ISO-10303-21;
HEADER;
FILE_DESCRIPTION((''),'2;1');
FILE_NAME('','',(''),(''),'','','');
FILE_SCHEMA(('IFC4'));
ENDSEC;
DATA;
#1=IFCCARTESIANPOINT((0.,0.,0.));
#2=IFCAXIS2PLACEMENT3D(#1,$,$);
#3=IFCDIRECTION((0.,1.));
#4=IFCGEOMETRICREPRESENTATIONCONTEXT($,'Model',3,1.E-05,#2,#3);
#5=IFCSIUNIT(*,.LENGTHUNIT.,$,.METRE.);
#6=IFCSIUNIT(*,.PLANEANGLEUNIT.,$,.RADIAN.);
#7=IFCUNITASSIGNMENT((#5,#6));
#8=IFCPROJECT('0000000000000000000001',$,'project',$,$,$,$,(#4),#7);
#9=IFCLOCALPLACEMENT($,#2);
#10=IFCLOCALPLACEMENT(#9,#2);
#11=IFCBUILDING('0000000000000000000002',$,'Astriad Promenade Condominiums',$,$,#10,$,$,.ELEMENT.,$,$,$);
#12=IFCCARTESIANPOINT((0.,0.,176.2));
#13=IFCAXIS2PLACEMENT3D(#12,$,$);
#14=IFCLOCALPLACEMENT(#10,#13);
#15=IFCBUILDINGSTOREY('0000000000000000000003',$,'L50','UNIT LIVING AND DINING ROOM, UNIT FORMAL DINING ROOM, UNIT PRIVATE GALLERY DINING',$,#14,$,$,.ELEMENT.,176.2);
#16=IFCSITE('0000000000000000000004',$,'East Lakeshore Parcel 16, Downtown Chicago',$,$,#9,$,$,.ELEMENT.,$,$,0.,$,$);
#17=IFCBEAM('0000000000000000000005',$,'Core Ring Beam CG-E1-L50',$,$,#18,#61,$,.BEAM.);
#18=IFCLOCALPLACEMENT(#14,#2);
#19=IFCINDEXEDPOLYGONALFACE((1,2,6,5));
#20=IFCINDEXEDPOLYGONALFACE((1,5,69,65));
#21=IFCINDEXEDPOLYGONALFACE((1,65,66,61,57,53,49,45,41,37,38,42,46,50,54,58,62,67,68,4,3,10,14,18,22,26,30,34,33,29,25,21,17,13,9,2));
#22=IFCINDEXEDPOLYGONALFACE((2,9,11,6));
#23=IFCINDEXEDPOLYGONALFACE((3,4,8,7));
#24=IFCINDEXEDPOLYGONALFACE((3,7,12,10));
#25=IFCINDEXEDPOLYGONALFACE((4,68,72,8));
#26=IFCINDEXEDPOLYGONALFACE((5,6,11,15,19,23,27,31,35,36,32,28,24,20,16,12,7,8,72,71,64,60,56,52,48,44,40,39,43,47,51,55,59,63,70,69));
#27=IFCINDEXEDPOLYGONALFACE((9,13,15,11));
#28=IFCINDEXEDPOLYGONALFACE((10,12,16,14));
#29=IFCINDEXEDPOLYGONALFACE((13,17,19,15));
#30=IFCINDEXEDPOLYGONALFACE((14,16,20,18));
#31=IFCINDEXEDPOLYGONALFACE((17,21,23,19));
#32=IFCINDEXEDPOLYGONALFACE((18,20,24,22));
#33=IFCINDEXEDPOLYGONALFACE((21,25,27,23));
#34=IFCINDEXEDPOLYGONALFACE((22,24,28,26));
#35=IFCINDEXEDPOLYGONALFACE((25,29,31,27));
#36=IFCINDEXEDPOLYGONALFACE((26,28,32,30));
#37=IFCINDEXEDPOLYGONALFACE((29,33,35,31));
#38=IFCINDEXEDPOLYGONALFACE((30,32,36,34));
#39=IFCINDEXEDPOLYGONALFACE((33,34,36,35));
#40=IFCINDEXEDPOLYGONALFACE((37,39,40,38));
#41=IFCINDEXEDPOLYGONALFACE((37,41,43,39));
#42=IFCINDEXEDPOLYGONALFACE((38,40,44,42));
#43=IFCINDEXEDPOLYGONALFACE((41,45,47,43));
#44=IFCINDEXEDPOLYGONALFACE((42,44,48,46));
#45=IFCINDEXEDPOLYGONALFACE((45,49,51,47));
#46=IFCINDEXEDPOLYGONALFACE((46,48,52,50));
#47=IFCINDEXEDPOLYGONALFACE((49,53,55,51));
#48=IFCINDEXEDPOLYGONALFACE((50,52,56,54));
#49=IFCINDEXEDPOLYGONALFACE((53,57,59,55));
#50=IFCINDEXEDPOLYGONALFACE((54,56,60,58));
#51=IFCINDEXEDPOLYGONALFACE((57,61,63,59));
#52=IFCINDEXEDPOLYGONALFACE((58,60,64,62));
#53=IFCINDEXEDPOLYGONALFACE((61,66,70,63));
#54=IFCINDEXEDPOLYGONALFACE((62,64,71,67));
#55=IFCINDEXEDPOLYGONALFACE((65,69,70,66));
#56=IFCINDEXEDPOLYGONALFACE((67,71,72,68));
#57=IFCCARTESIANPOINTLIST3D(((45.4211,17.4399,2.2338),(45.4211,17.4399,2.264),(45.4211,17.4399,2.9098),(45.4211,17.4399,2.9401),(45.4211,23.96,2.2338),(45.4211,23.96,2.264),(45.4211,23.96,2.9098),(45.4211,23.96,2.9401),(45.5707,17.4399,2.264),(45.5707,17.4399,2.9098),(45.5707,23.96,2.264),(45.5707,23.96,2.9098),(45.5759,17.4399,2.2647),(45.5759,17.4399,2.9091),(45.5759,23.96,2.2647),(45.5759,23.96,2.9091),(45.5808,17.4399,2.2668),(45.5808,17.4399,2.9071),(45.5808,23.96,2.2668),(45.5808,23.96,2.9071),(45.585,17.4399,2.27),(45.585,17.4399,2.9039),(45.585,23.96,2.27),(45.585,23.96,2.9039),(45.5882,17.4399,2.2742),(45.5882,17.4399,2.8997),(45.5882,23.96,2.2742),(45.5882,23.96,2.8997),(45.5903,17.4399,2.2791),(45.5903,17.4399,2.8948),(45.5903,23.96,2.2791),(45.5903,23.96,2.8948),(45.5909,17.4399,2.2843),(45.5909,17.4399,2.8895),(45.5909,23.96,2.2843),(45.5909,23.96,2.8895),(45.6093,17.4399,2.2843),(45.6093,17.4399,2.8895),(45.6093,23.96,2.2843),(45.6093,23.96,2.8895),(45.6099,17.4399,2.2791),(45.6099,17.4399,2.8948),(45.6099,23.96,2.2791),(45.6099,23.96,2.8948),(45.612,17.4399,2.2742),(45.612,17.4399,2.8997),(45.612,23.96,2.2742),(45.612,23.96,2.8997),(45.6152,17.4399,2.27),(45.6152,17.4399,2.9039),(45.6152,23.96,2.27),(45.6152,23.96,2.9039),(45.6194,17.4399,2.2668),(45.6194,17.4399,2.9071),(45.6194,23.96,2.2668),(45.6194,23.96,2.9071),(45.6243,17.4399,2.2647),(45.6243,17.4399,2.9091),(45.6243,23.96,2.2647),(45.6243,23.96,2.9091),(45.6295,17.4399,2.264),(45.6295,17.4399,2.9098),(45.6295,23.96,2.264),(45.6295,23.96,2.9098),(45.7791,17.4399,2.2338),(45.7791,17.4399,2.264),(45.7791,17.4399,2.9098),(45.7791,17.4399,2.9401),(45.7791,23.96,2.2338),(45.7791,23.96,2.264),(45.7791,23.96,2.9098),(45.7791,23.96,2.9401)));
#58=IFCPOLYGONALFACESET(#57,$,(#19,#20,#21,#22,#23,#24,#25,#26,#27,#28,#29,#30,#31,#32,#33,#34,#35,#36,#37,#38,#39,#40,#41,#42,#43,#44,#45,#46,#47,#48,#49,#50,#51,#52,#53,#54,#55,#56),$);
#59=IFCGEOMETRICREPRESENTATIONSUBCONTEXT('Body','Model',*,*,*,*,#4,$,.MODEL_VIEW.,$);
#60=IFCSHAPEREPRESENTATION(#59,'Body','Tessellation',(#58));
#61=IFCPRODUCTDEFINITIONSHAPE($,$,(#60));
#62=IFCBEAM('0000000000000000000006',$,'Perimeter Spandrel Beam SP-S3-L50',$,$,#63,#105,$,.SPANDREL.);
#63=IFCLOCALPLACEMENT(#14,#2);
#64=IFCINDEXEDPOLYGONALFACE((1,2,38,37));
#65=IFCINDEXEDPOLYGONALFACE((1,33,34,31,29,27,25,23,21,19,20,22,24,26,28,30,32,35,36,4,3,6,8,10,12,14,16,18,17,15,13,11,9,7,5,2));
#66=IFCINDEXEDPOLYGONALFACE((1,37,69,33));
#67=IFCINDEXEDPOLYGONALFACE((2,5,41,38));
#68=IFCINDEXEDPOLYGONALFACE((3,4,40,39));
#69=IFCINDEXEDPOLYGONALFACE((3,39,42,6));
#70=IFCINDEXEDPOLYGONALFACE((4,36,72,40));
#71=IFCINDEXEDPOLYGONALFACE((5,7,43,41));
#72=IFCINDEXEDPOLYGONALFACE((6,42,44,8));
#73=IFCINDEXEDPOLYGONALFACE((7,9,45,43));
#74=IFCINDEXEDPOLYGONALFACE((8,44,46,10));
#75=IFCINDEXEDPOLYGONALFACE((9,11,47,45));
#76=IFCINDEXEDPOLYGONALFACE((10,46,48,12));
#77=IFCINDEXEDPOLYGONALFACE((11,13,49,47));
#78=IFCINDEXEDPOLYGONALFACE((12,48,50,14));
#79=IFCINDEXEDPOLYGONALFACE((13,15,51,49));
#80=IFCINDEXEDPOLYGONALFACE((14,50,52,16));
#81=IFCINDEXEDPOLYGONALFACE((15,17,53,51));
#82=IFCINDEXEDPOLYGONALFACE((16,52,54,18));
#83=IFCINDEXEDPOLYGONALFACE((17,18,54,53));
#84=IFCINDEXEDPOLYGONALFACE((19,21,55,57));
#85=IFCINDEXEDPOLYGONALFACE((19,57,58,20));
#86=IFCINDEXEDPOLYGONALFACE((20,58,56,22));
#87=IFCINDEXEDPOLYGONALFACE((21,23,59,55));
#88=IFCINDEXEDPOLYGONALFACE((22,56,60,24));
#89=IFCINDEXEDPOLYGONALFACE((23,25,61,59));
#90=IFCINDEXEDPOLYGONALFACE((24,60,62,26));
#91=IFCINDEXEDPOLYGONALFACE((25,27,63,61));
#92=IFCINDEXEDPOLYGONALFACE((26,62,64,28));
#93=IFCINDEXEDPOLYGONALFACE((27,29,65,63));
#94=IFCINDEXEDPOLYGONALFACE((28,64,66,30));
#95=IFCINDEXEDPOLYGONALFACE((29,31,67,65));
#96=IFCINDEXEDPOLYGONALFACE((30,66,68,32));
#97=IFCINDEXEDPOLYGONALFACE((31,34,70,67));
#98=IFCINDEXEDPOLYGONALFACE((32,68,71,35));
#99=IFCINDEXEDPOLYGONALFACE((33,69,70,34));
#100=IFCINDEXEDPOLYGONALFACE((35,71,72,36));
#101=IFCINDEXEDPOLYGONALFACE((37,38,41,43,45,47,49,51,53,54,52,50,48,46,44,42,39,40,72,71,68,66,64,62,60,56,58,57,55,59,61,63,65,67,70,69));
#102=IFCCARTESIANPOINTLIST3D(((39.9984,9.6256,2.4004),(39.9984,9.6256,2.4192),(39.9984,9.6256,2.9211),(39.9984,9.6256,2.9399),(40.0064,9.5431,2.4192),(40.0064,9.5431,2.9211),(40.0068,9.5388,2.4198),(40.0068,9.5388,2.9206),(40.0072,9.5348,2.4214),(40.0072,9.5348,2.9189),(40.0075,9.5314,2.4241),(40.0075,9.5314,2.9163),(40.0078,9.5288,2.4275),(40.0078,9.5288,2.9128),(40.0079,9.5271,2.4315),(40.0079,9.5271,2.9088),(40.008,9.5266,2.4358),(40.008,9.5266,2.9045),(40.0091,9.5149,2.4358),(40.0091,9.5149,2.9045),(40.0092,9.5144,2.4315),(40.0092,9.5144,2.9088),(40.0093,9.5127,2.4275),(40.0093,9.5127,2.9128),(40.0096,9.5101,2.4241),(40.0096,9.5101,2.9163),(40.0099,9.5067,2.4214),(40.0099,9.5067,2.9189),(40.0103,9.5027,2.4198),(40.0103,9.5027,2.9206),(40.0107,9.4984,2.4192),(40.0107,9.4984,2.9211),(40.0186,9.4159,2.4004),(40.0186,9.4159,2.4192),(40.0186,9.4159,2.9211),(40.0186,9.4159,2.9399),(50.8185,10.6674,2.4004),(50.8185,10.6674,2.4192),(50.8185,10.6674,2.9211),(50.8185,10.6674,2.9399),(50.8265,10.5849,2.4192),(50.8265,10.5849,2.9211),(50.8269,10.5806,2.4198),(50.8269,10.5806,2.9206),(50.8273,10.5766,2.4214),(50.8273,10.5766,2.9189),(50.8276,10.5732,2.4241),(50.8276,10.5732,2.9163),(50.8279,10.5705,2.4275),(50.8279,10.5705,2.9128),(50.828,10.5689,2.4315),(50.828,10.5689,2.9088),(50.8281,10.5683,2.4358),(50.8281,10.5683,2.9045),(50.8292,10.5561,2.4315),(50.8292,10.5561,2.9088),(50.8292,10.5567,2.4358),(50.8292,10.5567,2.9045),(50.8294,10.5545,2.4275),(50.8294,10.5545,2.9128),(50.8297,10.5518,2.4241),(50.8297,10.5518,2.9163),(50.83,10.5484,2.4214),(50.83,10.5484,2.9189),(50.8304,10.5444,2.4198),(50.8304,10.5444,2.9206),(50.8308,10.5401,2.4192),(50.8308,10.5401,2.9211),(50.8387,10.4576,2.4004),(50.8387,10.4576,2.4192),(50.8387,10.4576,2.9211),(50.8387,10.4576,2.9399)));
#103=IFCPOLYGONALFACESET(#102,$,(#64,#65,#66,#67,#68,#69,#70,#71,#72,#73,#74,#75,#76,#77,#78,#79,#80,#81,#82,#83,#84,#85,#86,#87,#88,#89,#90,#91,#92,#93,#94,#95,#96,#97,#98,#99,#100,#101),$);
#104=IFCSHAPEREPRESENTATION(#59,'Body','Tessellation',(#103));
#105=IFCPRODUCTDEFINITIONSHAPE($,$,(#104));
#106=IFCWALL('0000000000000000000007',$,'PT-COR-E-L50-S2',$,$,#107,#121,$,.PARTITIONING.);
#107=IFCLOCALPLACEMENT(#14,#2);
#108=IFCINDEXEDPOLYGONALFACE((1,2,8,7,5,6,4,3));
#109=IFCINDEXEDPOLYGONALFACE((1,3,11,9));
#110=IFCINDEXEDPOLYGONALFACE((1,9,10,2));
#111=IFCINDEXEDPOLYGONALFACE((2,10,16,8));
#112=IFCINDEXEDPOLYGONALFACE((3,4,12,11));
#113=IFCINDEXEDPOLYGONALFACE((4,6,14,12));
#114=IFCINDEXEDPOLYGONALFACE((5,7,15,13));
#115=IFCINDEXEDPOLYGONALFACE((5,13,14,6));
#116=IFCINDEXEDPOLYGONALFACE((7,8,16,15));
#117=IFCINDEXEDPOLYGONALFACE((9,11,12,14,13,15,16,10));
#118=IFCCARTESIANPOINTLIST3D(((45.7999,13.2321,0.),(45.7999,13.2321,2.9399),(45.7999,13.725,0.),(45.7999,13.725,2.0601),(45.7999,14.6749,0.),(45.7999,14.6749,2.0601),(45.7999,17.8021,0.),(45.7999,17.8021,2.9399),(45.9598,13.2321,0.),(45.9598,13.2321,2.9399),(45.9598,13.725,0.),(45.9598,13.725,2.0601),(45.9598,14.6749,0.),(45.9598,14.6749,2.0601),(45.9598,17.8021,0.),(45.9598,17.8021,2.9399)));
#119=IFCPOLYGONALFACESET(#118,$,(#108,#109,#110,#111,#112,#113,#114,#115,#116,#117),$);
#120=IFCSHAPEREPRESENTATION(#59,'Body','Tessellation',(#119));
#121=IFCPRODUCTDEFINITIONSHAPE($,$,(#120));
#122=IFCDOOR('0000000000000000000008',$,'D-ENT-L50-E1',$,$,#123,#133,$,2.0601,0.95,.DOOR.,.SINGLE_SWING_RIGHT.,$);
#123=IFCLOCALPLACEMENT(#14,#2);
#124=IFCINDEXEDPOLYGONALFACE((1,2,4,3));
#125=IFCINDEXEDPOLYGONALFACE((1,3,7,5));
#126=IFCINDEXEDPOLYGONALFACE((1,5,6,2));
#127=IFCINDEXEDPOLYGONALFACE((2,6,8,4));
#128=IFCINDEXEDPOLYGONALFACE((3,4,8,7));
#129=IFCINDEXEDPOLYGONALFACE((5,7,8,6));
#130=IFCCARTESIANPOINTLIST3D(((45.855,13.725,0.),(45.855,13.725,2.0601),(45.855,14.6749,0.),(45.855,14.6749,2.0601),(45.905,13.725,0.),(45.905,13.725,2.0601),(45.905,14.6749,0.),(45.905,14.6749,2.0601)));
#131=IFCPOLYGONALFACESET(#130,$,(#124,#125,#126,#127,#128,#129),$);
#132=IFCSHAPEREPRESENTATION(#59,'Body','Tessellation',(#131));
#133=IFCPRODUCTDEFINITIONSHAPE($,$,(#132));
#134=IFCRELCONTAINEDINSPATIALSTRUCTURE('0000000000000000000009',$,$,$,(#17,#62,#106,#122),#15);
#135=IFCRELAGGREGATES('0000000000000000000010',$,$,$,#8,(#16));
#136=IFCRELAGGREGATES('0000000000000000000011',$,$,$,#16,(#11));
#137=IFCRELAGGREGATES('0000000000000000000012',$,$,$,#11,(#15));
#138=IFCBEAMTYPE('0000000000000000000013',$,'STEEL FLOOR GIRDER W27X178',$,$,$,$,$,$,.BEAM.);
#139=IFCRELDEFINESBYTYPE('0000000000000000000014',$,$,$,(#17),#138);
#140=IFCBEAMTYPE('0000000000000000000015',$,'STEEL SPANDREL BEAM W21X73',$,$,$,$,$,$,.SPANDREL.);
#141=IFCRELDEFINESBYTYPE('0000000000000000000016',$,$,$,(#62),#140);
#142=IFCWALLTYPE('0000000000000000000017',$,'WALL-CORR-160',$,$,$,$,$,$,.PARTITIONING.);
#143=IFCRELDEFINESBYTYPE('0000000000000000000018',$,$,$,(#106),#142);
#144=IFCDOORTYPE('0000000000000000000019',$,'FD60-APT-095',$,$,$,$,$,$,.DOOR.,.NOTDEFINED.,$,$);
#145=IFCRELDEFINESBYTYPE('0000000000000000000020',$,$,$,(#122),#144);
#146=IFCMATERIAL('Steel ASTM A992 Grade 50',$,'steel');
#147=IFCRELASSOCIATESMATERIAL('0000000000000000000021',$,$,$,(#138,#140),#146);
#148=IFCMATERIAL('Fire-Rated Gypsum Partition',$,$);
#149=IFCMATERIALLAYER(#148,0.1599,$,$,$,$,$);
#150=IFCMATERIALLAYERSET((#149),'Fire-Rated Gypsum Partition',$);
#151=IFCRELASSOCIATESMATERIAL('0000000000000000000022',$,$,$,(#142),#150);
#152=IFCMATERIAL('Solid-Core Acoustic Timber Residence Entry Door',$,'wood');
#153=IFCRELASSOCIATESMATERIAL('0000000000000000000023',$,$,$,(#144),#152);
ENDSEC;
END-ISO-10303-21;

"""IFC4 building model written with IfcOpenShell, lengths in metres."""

from ifc_helpers import new_model, si_unit, direction, frame, frame_2d, origin, origin_2d, place, context, subcontext, project, spatial, rectangle, i_section, extrude, source, transform, mapped, material, layer, layer_set, material_profile, profile_set, type_object, type_shapes, element, fill, save


model = new_model("IFC4")

# Units and contexts
model_context = context("Model", 3, precision=1e-05, world=origin(), true_north=direction((0.0, 1.0)))
body_context = subcontext(model_context, "Body", "Model", "MODEL_VIEW")
ifc_project = project(units=[si_unit("LENGTHUNIT", "METRE"), si_unit("PLANEANGLEUNIT", "RADIAN")], contexts=[model_context])

# Site, building, storey
site_placement = place(None, origin())
site = spatial("IfcSite", under=ifc_project, at=site_placement, Name="East Lakeshore Parcel 16, Downtown Chicago", CompositionType="ELEMENT", RefElevation=0.0)
building_placement = place(site_placement, origin())
building = spatial("IfcBuilding", under=site, at=building_placement, Name="Astriad Promenade Condominiums", CompositionType="ELEMENT")
storey_placement = place(building_placement, frame((0.0, 0.0, 176.2)))
storey = spatial("IfcBuildingStorey", under=building, at=storey_placement, Name="L50", Description="UNIT LIVING AND DINING ROOM, UNIT FORMAL DINING ROOM, UNIT PRIVATE GALLERY DINING", CompositionType="ELEMENT", Elevation=176.2)

# Shared definitions
ifc_material_1 = material(Name="Steel ASTM A992 Grade 50", Category="steel")

# Beams
ifc_material_profile_1 = material_profile(ifc_material_1, i_section(OverallWidth=0.3579, OverallDepth=0.7063, WebThickness=0.0183, FlangeThickness=0.0303, FilletRadius=0.0203, at=origin_2d()), Name="W27X178")
ifc_profile_set_1 = profile_set([ifc_material_profile_1], Name="Steel ASTM A992 Grade 50")
beam_type_1 = type_object("IfcBeamType", Name="STEEL FLOOR GIRDER W27X178", PredefinedType="BEAM", material=ifc_profile_set_1)
shared_shape_1 = source(origin(), body_context, "Body", "SweptSolid", [
    extrude(i_section(OverallWidth=0.3579, OverallDepth=0.7063, WebThickness=0.0183, FlangeThickness=0.0303, FilletRadius=0.0203, at=origin_2d()), origin(), (0.0, 0.0, 1.0), 6.52),
])
type_shapes(beam_type_1, [shared_shape_1])
beam_1_placement = place(storey_placement, frame((45.6001, 17.4399, 2.5869), z_axis=(0.0, 1.0, 0.0), x_axis=(-1.0, 0.0, 0.0)))
element("IfcBeam", 1, at=beam_1_placement, inside=storey, type_object=beam_type_1, Name="Core Ring Beam CG-E1-L50", PredefinedType="BEAM", context=body_context, shape_type="MappedRepresentation", body=[
    mapped(shared_shape_1, transform((0.0, 0.0, 0.0), scale=1.0)),
])
ifc_material_profile_2 = material_profile(ifc_material_1, i_section(OverallWidth=0.2107, OverallDepth=0.5396, WebThickness=0.0117, FlangeThickness=0.0188, FilletRadius=0.0166, at=origin_2d()), Name="W21X73")
ifc_profile_set_2 = profile_set([ifc_material_profile_2], Name="Steel ASTM A992 Grade 50")
beam_type_2 = type_object("IfcBeamType", Name="STEEL SPANDREL BEAM W21X73", PredefinedType="SPANDREL", material=ifc_profile_set_2)
shared_shape_2 = source(origin(), body_context, "Body", "SweptSolid", [
    extrude(i_section(OverallWidth=0.2107, OverallDepth=0.5396, WebThickness=0.0117, FlangeThickness=0.0188, FilletRadius=0.0166, at=origin_2d()), origin(), (0.0, 0.0, 1.0), 10.8701),
])
type_shapes(beam_type_2, [shared_shape_2])
beam_2_placement = place(storey_placement, frame((40.0085, 9.5208, 2.6702), z_axis=(0.995397, 0.095836, 0.0), x_axis=(-0.095836, 0.995397, 0.0)))
element("IfcBeam", 2, at=beam_2_placement, inside=storey, type_object=beam_type_2, Name="Perimeter Spandrel Beam SP-S3-L50", PredefinedType="SPANDREL", context=body_context, shape_type="MappedRepresentation", body=[
    mapped(shared_shape_2, transform((0.0, 0.0, 0.0), scale=1.0)),
])

# Wall, opening, door
ifc_material_2 = material(Name="Fire-Rated Gypsum Partition")
ifc_layer_1 = layer(ifc_material_2, 0.1599)
ifc_layer_set_1 = layer_set([ifc_layer_1], Name="Fire-Rated Gypsum Partition")
wall_type_1 = type_object("IfcWallType", Name="WALL-CORR-160", PredefinedType="PARTITIONING", material=ifc_layer_set_1)
wall_1_placement = place(storey_placement, frame((45.8799, 13.2319, 0.0), z_axis=(0.0, 0.0, 1.0), x_axis=(0.0, 1.0, 0.0)))
wall_1 = element("IfcWall", 3, at=wall_1_placement, inside=storey, type_object=wall_type_1, Name="PT-COR-E-L50-S2", PredefinedType="PARTITIONING", context=body_context, shape_type="SweptSolid", body=[
    extrude(rectangle(XDim=4.5701, YDim=0.1599, at=frame_2d((2.2852, 0.0))), origin(), (0.0, 0.0, 1.0), 2.9399),
])
opening_1_placement = place(wall_1_placement, frame((0.4929, 0.0, 0.0)))
opening_1 = element("IfcOpeningElement", 4, at=opening_1_placement, cuts=wall_1, PredefinedType="OPENING", context=body_context, shape_type="SweptSolid", body=[
    extrude(rectangle(XDim=0.95, YDim=2.0601, at=frame_2d((0.4751, 1.03))), frame((0.0, 0.0898, 0.0), z_axis=(0.0, -1.0, 0.0), x_axis=(1.0, 0.0, 0.0)), (0.0, 0.0, 1.0), 0.1799),
])
ifc_material_3 = material(Name="Solid-Core Acoustic Timber Residence Entry Door", Category="wood")
door_type_1 = type_object("IfcDoorType", Name="FD60-APT-095", OperationType="NOTDEFINED", PredefinedType="DOOR", material=ifc_material_3)
shared_shape_3 = source(origin(), body_context, "Body", "SweptSolid", [
    extrude(rectangle(XDim=0.95, YDim=2.0601, at=frame_2d((0.4751, 1.03))), frame((0.0, 0.0249, 0.0), z_axis=(0.0, -1.0, 0.0), x_axis=(1.0, 0.0, 0.0)), (0.0, 0.0, 1.0), 0.05),
])
type_shapes(door_type_1, [shared_shape_3])
door_1_placement = place(opening_1_placement, origin())
door_1 = element("IfcDoor", 5, at=door_1_placement, inside=storey, type_object=door_type_1, Name="D-ENT-L50-E1", OperationType="SINGLE_SWING_RIGHT", OverallHeight=2.0601, OverallWidth=0.95, PredefinedType="DOOR", context=body_context, shape_type="MappedRepresentation", body=[
    mapped(shared_shape_3, transform((0.0, 0.0, 0.0), scale=1.0)),
])
fill(opening_1, door_1)

save(model, "model.ifc")
